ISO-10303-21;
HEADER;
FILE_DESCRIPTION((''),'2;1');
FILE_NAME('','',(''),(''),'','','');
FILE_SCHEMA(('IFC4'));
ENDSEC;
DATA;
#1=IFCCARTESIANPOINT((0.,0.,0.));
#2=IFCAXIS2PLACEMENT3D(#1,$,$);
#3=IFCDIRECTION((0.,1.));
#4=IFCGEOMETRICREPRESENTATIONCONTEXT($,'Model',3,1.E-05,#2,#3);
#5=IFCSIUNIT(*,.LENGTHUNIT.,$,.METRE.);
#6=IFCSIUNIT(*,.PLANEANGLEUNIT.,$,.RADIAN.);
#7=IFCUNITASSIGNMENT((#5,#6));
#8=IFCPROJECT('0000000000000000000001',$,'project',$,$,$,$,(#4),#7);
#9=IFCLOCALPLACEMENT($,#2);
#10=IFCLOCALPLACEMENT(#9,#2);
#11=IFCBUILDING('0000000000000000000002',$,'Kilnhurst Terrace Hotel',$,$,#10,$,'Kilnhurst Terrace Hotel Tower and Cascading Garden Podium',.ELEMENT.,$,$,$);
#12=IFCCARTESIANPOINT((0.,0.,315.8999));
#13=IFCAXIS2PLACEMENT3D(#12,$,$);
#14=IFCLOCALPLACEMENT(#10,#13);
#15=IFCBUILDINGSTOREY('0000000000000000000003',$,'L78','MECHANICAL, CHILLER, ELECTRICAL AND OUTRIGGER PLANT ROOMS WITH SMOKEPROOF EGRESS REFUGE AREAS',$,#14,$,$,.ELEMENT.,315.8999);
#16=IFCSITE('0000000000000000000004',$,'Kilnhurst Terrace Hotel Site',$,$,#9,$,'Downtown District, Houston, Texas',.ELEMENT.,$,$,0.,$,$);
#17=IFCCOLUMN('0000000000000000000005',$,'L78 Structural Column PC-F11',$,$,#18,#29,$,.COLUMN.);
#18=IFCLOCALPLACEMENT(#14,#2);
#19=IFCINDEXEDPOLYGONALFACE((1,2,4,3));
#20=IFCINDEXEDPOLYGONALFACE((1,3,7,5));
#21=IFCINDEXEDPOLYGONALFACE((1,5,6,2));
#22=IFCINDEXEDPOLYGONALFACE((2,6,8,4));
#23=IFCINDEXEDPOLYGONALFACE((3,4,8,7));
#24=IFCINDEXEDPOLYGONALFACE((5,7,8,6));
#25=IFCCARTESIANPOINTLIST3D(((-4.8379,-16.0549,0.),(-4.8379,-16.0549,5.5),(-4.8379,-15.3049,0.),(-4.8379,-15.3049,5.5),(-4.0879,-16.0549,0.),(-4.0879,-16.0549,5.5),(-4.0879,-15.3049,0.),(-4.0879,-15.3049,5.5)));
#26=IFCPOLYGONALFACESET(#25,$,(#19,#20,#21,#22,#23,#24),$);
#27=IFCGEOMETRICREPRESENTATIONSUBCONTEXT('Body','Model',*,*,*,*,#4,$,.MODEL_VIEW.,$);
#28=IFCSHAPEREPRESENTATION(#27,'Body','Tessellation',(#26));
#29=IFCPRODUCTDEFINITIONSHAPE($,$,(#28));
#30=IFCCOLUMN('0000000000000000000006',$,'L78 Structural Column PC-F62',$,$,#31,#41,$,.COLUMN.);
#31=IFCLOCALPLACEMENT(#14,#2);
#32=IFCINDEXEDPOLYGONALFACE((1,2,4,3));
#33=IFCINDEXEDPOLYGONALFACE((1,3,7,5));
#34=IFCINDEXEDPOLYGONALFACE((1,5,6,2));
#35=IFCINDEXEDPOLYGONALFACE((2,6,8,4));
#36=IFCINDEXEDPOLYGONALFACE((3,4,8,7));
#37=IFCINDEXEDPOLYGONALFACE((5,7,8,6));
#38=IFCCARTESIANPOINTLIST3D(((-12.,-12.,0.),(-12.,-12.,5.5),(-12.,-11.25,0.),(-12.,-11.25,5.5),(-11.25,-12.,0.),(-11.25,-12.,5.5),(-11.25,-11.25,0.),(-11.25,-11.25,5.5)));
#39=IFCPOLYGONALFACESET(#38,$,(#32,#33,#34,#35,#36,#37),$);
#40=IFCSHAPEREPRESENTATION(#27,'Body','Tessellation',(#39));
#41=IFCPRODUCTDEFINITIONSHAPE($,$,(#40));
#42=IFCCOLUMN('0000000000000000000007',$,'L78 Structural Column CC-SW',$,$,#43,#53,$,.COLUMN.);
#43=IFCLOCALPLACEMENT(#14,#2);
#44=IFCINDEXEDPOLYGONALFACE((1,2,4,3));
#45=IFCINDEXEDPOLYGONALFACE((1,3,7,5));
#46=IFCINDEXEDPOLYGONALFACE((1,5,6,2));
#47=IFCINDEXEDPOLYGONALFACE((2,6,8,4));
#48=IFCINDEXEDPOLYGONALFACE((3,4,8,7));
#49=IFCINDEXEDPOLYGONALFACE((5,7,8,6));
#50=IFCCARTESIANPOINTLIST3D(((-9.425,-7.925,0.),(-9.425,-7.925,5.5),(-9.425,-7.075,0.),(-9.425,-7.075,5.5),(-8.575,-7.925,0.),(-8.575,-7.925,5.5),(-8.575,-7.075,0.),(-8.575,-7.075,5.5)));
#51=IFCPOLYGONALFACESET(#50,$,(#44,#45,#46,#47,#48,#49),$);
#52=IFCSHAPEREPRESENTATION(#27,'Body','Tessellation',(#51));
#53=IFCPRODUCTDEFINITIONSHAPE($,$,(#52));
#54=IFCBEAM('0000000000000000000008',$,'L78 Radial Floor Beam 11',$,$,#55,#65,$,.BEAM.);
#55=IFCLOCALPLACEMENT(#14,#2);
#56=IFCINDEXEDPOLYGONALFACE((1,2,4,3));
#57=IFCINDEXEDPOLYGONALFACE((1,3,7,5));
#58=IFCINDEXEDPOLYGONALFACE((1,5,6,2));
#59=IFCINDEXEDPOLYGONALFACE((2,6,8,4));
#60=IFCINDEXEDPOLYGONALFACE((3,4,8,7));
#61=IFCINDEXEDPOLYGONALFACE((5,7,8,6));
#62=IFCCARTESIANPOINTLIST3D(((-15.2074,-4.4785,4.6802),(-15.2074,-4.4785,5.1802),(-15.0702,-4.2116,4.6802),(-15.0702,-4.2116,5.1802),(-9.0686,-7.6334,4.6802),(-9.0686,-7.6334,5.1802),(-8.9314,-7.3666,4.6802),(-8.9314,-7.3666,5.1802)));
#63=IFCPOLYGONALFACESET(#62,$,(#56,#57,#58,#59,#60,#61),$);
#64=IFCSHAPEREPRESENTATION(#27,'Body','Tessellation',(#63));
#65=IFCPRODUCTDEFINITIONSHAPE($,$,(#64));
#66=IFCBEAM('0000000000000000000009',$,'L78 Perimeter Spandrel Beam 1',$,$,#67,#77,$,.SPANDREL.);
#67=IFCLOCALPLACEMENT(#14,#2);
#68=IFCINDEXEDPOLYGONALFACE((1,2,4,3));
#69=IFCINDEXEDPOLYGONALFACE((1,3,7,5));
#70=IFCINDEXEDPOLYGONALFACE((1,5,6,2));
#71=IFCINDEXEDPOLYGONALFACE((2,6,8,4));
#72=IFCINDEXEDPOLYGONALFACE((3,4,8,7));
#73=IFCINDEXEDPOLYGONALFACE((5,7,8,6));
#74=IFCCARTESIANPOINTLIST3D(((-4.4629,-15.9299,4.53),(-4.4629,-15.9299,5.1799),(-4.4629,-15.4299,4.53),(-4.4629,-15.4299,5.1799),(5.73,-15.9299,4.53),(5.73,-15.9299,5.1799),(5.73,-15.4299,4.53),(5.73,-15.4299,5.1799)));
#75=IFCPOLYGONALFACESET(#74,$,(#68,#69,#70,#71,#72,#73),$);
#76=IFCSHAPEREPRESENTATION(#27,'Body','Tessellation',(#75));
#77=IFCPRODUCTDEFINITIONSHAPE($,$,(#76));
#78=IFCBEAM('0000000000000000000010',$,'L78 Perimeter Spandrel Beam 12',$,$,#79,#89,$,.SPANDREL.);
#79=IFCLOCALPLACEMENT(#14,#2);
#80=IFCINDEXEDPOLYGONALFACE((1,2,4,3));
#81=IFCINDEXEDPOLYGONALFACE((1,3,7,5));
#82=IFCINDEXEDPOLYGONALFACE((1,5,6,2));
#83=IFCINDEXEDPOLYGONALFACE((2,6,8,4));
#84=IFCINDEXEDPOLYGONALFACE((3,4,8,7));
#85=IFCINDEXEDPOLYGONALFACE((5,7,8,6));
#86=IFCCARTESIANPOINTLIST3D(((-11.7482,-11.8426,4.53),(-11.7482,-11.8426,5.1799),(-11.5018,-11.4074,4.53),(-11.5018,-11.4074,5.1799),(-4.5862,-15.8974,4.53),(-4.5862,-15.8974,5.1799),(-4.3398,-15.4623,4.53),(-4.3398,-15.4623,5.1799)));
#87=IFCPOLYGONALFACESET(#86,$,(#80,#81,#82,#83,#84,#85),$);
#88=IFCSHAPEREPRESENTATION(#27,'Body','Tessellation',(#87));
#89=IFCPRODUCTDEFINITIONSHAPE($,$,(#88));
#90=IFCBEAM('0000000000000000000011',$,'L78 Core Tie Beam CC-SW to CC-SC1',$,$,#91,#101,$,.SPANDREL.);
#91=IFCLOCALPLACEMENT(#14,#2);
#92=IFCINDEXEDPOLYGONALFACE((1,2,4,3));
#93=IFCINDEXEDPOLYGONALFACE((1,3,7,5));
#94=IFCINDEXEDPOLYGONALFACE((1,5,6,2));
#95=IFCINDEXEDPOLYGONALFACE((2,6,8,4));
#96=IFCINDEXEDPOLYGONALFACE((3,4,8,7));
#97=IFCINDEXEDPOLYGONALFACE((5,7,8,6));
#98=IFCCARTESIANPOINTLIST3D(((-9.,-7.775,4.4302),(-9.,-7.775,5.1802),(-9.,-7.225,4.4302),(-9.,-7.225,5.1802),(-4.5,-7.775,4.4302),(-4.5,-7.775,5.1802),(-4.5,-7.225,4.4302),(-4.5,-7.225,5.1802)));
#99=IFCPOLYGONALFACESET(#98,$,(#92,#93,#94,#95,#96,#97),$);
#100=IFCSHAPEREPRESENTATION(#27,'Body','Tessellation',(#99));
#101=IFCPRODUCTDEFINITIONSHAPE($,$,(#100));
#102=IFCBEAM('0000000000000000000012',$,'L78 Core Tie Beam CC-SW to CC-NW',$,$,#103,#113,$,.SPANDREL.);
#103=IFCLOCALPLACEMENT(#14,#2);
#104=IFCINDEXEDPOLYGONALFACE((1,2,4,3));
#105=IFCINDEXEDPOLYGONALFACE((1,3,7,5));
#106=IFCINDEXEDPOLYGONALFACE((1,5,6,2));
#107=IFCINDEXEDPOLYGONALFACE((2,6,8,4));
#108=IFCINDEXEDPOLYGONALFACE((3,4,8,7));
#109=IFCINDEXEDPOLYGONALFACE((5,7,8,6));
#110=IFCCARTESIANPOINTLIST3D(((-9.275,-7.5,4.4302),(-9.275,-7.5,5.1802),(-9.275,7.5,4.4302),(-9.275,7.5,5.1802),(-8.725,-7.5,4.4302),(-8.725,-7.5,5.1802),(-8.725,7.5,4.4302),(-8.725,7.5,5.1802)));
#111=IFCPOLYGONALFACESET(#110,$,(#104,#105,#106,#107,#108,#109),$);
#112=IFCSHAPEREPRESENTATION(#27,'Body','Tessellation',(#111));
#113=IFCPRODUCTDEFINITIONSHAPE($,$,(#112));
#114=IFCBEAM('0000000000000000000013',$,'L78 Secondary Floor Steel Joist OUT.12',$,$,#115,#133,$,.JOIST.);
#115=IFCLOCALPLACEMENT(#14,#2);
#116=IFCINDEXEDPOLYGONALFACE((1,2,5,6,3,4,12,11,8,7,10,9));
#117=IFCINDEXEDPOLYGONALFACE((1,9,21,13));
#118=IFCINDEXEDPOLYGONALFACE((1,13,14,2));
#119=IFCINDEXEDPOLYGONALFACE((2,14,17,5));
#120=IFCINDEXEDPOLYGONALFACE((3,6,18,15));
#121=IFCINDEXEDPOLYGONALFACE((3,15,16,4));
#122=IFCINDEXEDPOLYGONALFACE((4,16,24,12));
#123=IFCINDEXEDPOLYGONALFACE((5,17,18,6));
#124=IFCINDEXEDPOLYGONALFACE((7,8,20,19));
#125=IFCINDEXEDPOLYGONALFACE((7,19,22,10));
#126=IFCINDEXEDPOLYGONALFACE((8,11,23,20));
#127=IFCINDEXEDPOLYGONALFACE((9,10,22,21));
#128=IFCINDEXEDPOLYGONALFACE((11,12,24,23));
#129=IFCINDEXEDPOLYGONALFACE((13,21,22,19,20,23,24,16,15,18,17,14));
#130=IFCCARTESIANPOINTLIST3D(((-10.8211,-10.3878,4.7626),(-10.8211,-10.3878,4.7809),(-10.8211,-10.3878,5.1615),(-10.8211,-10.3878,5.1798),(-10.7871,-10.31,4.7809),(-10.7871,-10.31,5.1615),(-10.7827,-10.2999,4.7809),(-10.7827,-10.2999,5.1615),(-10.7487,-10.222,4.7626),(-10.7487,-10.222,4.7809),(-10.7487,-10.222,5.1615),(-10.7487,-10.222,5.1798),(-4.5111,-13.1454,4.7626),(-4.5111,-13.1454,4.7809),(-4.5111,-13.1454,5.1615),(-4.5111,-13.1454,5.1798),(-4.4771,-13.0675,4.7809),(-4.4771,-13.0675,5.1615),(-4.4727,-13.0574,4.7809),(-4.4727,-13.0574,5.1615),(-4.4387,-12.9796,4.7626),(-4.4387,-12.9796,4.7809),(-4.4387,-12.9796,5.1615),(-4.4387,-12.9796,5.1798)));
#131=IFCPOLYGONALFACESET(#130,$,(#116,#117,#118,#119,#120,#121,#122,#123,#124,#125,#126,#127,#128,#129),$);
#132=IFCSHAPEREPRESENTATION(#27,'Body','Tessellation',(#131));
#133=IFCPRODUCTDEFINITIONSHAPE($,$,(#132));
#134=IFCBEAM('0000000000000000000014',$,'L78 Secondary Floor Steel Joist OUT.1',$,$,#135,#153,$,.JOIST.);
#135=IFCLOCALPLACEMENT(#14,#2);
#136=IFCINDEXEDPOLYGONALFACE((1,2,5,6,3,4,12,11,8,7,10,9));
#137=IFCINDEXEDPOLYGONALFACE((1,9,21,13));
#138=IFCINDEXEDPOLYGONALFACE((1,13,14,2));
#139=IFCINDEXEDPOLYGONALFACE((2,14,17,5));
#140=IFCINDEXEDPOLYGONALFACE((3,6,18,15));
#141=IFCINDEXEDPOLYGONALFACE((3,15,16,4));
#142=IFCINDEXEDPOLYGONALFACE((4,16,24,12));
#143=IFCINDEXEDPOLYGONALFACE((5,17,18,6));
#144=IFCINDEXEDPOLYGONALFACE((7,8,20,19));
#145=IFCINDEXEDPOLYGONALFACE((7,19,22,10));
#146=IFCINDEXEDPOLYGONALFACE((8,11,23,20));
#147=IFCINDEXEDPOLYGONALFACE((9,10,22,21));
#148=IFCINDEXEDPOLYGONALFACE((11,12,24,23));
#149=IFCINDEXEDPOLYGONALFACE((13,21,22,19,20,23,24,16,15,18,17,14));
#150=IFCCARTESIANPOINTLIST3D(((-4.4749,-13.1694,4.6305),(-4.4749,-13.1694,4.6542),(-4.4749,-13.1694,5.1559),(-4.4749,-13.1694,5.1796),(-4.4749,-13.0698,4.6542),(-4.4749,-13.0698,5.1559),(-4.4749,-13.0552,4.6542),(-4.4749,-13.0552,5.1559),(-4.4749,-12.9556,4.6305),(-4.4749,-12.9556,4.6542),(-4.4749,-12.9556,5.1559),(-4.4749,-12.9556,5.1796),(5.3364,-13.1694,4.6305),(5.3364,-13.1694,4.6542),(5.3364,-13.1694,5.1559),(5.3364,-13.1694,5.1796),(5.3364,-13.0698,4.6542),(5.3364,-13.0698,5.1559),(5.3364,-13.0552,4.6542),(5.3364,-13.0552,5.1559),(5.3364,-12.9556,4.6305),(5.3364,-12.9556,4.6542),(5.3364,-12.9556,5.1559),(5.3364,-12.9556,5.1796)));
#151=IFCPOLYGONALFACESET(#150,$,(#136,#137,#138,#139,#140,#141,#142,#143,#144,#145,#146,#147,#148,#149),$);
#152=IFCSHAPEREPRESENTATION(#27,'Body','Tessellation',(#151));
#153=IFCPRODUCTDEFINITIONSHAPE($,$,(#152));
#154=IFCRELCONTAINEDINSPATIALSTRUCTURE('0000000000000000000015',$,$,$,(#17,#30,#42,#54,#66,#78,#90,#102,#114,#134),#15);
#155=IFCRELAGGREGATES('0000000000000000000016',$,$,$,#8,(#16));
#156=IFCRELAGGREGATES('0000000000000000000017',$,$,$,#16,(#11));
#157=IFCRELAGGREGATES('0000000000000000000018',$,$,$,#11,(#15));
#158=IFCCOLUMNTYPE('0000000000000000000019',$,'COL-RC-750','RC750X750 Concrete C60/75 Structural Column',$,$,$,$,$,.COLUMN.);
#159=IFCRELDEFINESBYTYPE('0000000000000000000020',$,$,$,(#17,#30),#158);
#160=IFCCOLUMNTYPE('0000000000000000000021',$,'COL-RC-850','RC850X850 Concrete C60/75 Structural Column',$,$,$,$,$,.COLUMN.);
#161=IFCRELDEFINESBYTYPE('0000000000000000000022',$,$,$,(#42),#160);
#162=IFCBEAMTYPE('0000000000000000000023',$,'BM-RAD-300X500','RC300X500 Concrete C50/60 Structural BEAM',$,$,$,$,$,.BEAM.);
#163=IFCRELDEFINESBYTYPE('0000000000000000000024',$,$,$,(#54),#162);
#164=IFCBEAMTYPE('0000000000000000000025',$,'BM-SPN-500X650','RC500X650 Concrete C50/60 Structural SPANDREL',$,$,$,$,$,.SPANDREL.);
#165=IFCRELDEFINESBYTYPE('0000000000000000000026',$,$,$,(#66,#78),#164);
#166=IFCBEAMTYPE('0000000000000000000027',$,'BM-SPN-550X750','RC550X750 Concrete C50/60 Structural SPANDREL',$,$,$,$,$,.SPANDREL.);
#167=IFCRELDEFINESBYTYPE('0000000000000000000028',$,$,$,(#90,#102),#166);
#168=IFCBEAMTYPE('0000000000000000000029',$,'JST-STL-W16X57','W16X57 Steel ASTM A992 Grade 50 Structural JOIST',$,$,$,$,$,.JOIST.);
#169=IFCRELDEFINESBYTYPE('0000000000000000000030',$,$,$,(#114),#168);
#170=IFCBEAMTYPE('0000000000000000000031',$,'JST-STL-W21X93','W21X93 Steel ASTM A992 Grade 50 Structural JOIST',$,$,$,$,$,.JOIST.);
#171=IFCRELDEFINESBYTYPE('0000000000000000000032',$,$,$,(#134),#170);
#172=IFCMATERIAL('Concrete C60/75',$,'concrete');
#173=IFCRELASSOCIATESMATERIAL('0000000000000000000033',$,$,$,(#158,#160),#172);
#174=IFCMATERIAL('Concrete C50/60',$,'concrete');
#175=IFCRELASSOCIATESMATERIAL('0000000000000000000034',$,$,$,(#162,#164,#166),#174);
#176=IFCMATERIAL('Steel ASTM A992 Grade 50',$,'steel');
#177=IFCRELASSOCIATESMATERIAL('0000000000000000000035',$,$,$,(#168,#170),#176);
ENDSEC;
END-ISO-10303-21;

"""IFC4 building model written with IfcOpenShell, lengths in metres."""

from ifc_helpers import new_model, si_unit, direction, frame, origin, origin_2d, place, context, subcontext, project, spatial, rectangle, i_section, extrude, material, material_profile, profile_set, type_object, element, save


model = new_model("IFC4")

# Units and contexts
model_context = context("Model", 3, precision=1e-05, world=origin(), true_north=direction((0.0, 1.0)))
body_context = subcontext(model_context, "Body", "Model", "MODEL_VIEW")
ifc_project = project(units=[si_unit("LENGTHUNIT", "METRE"), si_unit("PLANEANGLEUNIT", "RADIAN")], contexts=[model_context])

# Site, building, storey
site_placement = place(None, origin())
site = spatial("IfcSite", under=ifc_project, at=site_placement, Name="Kilnhurst Terrace Hotel Site", LongName="Downtown District, Houston, Texas", CompositionType="ELEMENT", RefElevation=0.0)
building_placement = place(site_placement, origin())
building = spatial("IfcBuilding", under=site, at=building_placement, Name="Kilnhurst Terrace Hotel", LongName="Kilnhurst Terrace Hotel Tower and Cascading Garden Podium", CompositionType="ELEMENT")
storey_placement = place(building_placement, frame((0.0, 0.0, 315.8999)))
storey = spatial("IfcBuildingStorey", under=building, at=storey_placement, Name="L78", Description="MECHANICAL, CHILLER, ELECTRICAL AND OUTRIGGER PLANT ROOMS WITH SMOKEPROOF EGRESS REFUGE AREAS", CompositionType="ELEMENT", Elevation=315.8999)

# Columns
ifc_material_1 = material(Name="Concrete C60/75", Category="concrete")
ifc_material_profile_1 = material_profile(ifc_material_1, rectangle(XDim=0.75, YDim=0.75, at=origin_2d()), Name="RC750X750")
ifc_profile_set_1 = profile_set([ifc_material_profile_1], Name="Concrete C60/75")
column_type_1 = type_object("IfcColumnType", Name="COL-RC-750", Description="RC750X750 Concrete C60/75 Structural Column", PredefinedType="COLUMN", material=ifc_profile_set_1)
for number, where, z_axis, x_axis, name in (
    (1, (-4.4629, -15.6799, 0.0), (0.0, 0.0, 1.0), (1.0, 0.0, 0.0), "L78 Structural Column PC-F11"),
    (2, (-11.625, -11.625, 0.0), (0.0, 0.0, 1.0), (1.0, 0.0, 0.0), "L78 Structural Column PC-F62"),
):
    element("IfcColumn", number, at=place(storey_placement, frame(where, z_axis=z_axis, x_axis=x_axis)), inside=storey, type_object=column_type_1, Name=name, PredefinedType="COLUMN", context=body_context, shape_type="SweptSolid", body=[
        extrude(rectangle(XDim=0.75, YDim=0.75, at=origin_2d()), origin(), (0.0, 0.0, 1.0), 5.5),
    ])
ifc_material_profile_2 = material_profile(ifc_material_1, rectangle(XDim=0.8501, YDim=0.8501, at=origin_2d()), Name="RC850X850")
ifc_profile_set_2 = profile_set([ifc_material_profile_2], Name="Concrete C60/75")
column_type_2 = type_object("IfcColumnType", Name="COL-RC-850", Description="RC850X850 Concrete C60/75 Structural Column", PredefinedType="COLUMN", material=ifc_profile_set_2)
column_placement = place(storey_placement, frame((-9.0, -7.5, 0.0), z_axis=(0.0, 0.0, 1.0), x_axis=(1.0, 0.0, 0.0)))
element("IfcColumn", 3, at=column_placement, inside=storey, type_object=column_type_2, Name="L78 Structural Column CC-SW", PredefinedType="COLUMN", context=body_context, shape_type="SweptSolid", body=[
    extrude(rectangle(XDim=0.8501, YDim=0.8501, at=origin_2d()), origin(), (0.0, 0.0, 1.0), 5.5),
])

# Beams
ifc_material_2 = material(Name="Concrete C50/60", Category="concrete")
ifc_material_profile_3 = material_profile(ifc_material_2, rectangle(XDim=0.3, YDim=0.5, at=origin_2d()), Name="RC300X500")
ifc_profile_set_3 = profile_set([ifc_material_profile_3], Name="Concrete C50/60")
beam_type_1 = type_object("IfcBeamType", Name="BM-RAD-300X500", Description="RC300X500 Concrete C50/60 Structural BEAM", PredefinedType="BEAM", material=ifc_profile_set_3)
beam_1_placement = place(storey_placement, frame((-9.0, -7.5, 4.9302), z_axis=(-0.889413, 0.457104, 0.0), x_axis=(-0.457104, -0.889413, 0.0)))
element("IfcBeam", 4, at=beam_1_placement, inside=storey, type_object=beam_type_1, Name="L78 Radial Floor Beam 11", PredefinedType="BEAM", context=body_context, shape_type="SweptSolid", body=[
    extrude(rectangle(XDim=0.3, YDim=0.5, at=origin_2d()), origin(), (0.0, 0.0, 1.0), 6.9021),
])
ifc_material_profile_4 = material_profile(ifc_material_2, rectangle(XDim=0.5, YDim=0.6499, at=origin_2d()), Name="RC500X650")
ifc_profile_set_4 = profile_set([ifc_material_profile_4], Name="Concrete C50/60")
beam_type_2 = type_object("IfcBeamType", Name="BM-SPN-500X650", Description="RC500X650 Concrete C50/60 Structural SPANDREL", PredefinedType="SPANDREL", material=ifc_profile_set_4)
beam_2_placement = place(storey_placement, frame((-4.4629, -15.6799, 4.855), z_axis=(1.0, 0.0, 0.0), x_axis=(0.0, 1.0, 0.0)))
element("IfcBeam", 5, at=beam_2_placement, inside=storey, type_object=beam_type_2, Name="L78 Perimeter Spandrel Beam 1", PredefinedType="SPANDREL", context=body_context, shape_type="SweptSolid", body=[
    extrude(rectangle(XDim=0.5, YDim=0.6499, at=origin_2d()), origin(), (0.0, 0.0, 1.0), 10.1929),
])
beam_3_placement = place(storey_placement, frame((-11.625, -11.625, 4.855), z_axis=(0.87021, -0.492682, 0.0), x_axis=(0.492682, 0.87021, 0.0)))
element("IfcBeam", 6, at=beam_3_placement, inside=storey, type_object=beam_type_2, Name="L78 Perimeter Spandrel Beam 12", PredefinedType="SPANDREL", context=body_context, shape_type="SweptSolid", body=[
    extrude(rectangle(XDim=0.5, YDim=0.6499, at=origin_2d()), origin(), (0.0, 0.0, 1.0), 8.2302),
])
ifc_material_profile_5 = material_profile(ifc_material_2, rectangle(XDim=0.55, YDim=0.75, at=origin_2d()), Name="RC550X750")
ifc_profile_set_5 = profile_set([ifc_material_profile_5], Name="Concrete C50/60")
beam_type_3 = type_object("IfcBeamType", Name="BM-SPN-550X750", Description="RC550X750 Concrete C50/60 Structural SPANDREL", PredefinedType="SPANDREL", material=ifc_profile_set_5)
beam_4_placement = place(storey_placement, frame((-9.0, -7.5, 4.8052), z_axis=(1.0, 0.0, 0.0), x_axis=(0.0, 1.0, 0.0)))
element("IfcBeam", 7, at=beam_4_placement, inside=storey, type_object=beam_type_3, Name="L78 Core Tie Beam CC-SW to CC-SC1", PredefinedType="SPANDREL", context=body_context, shape_type="SweptSolid", body=[
    extrude(rectangle(XDim=0.55, YDim=0.75, at=origin_2d()), origin(), (0.0, 0.0, 1.0), 4.5),
])
beam_5_placement = place(storey_placement, frame((-9.0, -7.5, 4.8052), z_axis=(0.0, 1.0, 0.0), x_axis=(-1.0, 0.0, 0.0)))
element("IfcBeam", 8, at=beam_5_placement, inside=storey, type_object=beam_type_3, Name="L78 Core Tie Beam CC-SW to CC-NW", PredefinedType="SPANDREL", context=body_context, shape_type="SweptSolid", body=[
    extrude(rectangle(XDim=0.55, YDim=0.75, at=origin_2d()), origin(), (0.0, 0.0, 1.0), 15.0),
])
ifc_material_3 = material(Name="Steel ASTM A992 Grade 50", Category="steel")
ifc_material_profile_6 = material_profile(ifc_material_3, i_section(OverallWidth=0.1809, OverallDepth=0.4172, WebThickness=0.011, FlangeThickness=0.0183, at=origin_2d()), Name="W16X57")
ifc_profile_set_6 = profile_set([ifc_material_profile_6], Name="Steel ASTM A992 Grade 50")
beam_type_4 = type_object("IfcBeamType", Name="JST-STL-W16X57", Description="W16X57 Steel ASTM A992 Grade 50 Structural JOIST", PredefinedType="JOIST", material=ifc_profile_set_6)
beam_6_placement = place(storey_placement, frame((-10.7849, -10.3049, 4.9712), z_axis=(0.916322, -0.400443, 0.0), x_axis=(0.400443, 0.916322, 0.0)))
element("IfcBeam", 9, at=beam_6_placement, inside=storey, type_object=beam_type_4, Name="L78 Secondary Floor Steel Joist OUT.12", PredefinedType="JOIST", context=body_context, shape_type="SweptSolid", body=[
    extrude(i_section(OverallWidth=0.1809, OverallDepth=0.4172, WebThickness=0.011, FlangeThickness=0.0183, at=origin_2d()), origin(), (0.0, 0.0, 1.0), 6.8862),
])
ifc_material_profile_7 = material_profile(ifc_material_3, i_section(OverallWidth=0.2139, OverallDepth=0.5491, WebThickness=0.0146, FlangeThickness=0.0237, at=origin_2d()), Name="W21X93")
ifc_profile_set_7 = profile_set([ifc_material_profile_7], Name="Steel ASTM A992 Grade 50")
beam_type_5 = type_object("IfcBeamType", Name="JST-STL-W21X93", Description="W21X93 Steel ASTM A992 Grade 50 Structural JOIST", PredefinedType="JOIST", material=ifc_profile_set_7)
beam_7_placement = place(storey_placement, frame((-4.4749, -13.0625, 4.905), z_axis=(1.0, 0.0, 0.0), x_axis=(0.0, 1.0, 0.0)))
element("IfcBeam", 10, at=beam_7_placement, inside=storey, type_object=beam_type_5, Name="L78 Secondary Floor Steel Joist OUT.1", PredefinedType="JOIST", context=body_context, shape_type="SweptSolid", body=[
    extrude(i_section(OverallWidth=0.2139, OverallDepth=0.5491, WebThickness=0.0146, FlangeThickness=0.0237, at=origin_2d()), origin(), (0.0, 0.0, 1.0), 9.8113),
])

save(model, "model.ifc")
